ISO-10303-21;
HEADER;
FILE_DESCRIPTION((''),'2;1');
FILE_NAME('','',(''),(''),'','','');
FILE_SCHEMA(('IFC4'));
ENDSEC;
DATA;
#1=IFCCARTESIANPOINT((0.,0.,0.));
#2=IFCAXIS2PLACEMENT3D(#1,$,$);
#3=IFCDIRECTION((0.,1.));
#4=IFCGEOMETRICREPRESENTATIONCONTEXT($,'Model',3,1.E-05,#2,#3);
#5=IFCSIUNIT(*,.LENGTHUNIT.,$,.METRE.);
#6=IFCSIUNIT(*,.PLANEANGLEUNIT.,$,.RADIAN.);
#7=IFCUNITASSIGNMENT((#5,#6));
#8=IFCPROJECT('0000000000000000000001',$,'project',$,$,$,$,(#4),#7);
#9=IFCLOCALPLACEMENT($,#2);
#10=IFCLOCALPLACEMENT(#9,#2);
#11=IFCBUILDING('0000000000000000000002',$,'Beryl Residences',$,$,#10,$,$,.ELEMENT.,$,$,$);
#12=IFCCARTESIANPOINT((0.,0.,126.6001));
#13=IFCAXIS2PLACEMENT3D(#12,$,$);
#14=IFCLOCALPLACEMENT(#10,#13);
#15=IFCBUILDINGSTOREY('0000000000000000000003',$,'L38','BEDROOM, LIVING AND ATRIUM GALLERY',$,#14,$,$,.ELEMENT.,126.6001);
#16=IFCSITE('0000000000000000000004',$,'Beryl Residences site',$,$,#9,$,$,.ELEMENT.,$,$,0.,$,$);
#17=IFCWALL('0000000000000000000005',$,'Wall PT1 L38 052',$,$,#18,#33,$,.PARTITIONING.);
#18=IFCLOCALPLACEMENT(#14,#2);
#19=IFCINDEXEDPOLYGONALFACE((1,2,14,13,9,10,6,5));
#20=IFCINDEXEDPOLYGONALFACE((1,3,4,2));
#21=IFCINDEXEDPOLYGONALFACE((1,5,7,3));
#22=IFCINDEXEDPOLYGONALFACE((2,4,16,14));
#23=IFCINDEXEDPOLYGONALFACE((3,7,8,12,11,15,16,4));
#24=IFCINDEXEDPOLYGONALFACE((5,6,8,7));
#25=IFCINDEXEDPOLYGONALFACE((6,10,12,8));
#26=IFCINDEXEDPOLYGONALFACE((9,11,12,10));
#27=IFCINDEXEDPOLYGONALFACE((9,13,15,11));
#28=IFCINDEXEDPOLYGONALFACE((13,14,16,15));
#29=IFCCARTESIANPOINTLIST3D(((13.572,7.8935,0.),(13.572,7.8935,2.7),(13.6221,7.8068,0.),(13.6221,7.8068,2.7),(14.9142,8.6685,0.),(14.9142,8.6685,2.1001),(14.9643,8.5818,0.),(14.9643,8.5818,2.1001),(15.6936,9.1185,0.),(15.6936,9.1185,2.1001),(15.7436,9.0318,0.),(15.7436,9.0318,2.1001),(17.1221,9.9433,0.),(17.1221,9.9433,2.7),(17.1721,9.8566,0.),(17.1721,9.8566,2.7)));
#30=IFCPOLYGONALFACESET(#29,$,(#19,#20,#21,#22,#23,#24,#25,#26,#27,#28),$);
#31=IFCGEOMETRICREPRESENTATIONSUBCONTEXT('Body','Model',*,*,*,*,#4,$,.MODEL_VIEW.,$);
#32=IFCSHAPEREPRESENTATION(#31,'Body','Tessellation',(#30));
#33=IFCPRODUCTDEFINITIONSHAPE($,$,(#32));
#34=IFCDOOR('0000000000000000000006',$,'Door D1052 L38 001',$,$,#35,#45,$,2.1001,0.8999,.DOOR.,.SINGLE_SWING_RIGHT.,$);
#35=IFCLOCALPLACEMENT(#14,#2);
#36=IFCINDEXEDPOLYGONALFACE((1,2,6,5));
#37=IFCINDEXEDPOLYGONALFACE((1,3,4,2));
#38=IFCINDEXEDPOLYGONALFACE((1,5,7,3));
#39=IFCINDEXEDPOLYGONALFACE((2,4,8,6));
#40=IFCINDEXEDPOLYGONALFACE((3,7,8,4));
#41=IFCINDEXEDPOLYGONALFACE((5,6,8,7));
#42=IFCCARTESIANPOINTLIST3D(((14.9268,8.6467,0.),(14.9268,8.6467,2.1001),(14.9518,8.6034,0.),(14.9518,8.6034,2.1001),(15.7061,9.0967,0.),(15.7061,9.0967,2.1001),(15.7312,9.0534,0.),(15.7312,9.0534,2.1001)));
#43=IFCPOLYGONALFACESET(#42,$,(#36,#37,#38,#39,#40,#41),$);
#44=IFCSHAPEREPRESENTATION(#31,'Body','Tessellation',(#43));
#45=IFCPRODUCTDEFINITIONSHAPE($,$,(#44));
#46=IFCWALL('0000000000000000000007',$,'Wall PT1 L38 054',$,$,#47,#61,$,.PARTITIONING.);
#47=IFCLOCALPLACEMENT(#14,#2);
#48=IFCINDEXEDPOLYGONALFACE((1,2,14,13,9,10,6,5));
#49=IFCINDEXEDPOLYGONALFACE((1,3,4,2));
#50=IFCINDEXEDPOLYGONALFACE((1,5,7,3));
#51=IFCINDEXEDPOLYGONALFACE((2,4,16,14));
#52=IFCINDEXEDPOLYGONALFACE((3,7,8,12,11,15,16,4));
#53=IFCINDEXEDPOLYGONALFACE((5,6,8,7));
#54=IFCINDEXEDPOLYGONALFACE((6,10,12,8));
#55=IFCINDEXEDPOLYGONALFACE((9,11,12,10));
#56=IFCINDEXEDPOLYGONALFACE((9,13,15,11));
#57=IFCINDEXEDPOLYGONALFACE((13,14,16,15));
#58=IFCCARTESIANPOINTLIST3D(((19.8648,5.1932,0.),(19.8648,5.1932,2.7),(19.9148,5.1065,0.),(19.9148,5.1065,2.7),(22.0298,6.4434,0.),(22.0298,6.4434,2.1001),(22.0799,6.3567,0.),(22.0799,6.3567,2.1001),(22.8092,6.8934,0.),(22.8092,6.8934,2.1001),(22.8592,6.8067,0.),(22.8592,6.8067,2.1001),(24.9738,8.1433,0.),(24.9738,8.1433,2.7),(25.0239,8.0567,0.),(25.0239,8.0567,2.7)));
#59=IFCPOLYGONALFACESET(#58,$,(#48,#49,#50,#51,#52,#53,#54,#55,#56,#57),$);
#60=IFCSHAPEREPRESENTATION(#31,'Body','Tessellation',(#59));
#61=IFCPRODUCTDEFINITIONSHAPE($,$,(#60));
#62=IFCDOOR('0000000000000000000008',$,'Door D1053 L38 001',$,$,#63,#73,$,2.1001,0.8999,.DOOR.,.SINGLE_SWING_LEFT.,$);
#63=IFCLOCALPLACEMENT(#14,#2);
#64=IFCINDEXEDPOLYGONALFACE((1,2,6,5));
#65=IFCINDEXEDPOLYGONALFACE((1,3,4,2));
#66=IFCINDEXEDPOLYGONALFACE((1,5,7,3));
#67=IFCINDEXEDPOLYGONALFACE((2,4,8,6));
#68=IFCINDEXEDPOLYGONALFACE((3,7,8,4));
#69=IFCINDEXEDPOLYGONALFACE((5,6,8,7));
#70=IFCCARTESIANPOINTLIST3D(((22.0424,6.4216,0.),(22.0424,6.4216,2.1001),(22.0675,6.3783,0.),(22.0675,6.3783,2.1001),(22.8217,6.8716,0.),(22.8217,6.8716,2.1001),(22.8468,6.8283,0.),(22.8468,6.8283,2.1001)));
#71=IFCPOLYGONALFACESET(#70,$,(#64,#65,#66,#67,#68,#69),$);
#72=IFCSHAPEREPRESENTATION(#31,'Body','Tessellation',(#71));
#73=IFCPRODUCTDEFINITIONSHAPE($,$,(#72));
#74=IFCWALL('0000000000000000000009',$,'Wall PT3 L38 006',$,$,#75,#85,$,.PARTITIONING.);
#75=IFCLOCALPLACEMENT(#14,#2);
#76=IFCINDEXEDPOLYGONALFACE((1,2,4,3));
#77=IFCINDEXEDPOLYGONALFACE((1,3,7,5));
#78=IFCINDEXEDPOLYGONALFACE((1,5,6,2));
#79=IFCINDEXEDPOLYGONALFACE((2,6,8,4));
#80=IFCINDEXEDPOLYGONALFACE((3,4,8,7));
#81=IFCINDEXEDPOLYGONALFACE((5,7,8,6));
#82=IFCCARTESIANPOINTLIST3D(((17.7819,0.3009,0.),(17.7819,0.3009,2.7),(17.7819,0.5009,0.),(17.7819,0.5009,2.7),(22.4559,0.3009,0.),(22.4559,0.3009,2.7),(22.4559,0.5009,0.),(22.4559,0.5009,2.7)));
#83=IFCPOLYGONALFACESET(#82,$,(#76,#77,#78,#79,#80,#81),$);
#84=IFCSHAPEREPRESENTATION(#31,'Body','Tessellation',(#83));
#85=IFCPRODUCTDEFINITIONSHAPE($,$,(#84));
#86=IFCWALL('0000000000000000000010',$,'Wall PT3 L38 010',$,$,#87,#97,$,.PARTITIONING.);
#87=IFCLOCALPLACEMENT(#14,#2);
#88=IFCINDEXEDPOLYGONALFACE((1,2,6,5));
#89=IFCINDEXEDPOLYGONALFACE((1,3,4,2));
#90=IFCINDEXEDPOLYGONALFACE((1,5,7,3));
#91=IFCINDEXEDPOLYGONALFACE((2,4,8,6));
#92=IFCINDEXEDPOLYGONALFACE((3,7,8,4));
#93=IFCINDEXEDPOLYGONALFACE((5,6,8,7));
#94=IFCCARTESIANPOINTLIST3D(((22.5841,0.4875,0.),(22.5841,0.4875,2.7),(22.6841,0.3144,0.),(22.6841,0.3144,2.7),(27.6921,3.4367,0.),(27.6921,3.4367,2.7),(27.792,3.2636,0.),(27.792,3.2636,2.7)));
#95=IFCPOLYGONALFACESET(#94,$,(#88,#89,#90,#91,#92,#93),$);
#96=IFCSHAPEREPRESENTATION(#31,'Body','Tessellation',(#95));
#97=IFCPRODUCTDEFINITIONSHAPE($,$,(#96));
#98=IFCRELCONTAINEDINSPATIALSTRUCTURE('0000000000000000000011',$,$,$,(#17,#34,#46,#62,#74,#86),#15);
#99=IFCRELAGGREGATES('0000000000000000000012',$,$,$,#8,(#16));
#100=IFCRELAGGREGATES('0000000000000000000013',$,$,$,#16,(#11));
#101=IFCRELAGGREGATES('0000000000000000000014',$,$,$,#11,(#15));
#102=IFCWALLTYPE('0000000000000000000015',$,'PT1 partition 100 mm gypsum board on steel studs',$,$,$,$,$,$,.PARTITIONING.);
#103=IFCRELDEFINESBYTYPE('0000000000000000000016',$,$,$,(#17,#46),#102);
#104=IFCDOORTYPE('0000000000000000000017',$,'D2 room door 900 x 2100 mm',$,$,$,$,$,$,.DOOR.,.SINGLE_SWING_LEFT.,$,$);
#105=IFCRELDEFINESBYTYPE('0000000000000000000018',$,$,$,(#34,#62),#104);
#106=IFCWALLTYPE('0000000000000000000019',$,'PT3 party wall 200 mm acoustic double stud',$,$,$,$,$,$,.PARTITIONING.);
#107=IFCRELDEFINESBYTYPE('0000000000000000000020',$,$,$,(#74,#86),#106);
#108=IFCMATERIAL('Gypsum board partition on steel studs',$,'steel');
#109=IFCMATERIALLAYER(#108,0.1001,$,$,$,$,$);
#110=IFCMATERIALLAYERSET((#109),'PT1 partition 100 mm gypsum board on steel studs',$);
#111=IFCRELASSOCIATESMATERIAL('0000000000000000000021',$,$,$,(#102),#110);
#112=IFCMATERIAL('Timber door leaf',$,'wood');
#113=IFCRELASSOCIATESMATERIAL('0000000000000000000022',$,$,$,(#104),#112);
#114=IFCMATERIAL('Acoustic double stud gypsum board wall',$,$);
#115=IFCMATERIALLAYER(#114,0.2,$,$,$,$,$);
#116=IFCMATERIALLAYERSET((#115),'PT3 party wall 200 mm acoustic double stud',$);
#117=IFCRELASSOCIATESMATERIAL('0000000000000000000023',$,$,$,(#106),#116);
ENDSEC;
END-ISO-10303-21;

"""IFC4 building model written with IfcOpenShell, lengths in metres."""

from ifc_helpers import new_model, si_unit, direction, frame, frame_2d, origin, place, context, subcontext, project, spatial, rectangle, extrude, material, layer, layer_set, type_object, element, fill, save


model = new_model("IFC4")

# Units and contexts
model_context = context("Model", 3, precision=1e-05, world=origin(), true_north=direction((0.0, 1.0)))
body_context = subcontext(model_context, "Body", "Model", "MODEL_VIEW")
ifc_project = project(units=[si_unit("LENGTHUNIT", "METRE"), si_unit("PLANEANGLEUNIT", "RADIAN")], contexts=[model_context])

# Site, building, storey
site_placement = place(None, origin())
site = spatial("IfcSite", under=ifc_project, at=site_placement, Name="Beryl Residences site", CompositionType="ELEMENT", RefElevation=0.0)
building_placement = place(site_placement, origin())
building = spatial("IfcBuilding", under=site, at=building_placement, Name="Beryl Residences", CompositionType="ELEMENT")
storey_placement = place(building_placement, frame((0.0, 0.0, 126.6001)))
storey = spatial("IfcBuildingStorey", under=building, at=storey_placement, Name="L38", Description="BEDROOM, LIVING AND ATRIUM GALLERY", CompositionType="ELEMENT", Elevation=126.6001)

# Walls, openings, doors
ifc_material_1 = material(Name="Gypsum board partition on steel studs", Category="steel")
ifc_layer_1 = layer(ifc_material_1, 0.1001)
ifc_layer_set_1 = layer_set([ifc_layer_1], Name="PT1 partition 100 mm gypsum board on steel studs")
wall_type_1 = type_object("IfcWallType", Name="PT1 partition 100 mm gypsum board on steel studs", PredefinedType="PARTITIONING", material=ifc_layer_set_1)
ifc_material_2 = material(Name="Timber door leaf", Category="wood")
door_type_1 = type_object("IfcDoorType", Name="D2 room door 900 x 2100 mm", OperationType="SINGLE_SWING_LEFT", PredefinedType="DOOR", material=ifc_material_2)
wall_1_placement = place(storey_placement, frame((13.5969, 7.8501, 0.0), z_axis=(0.0, 0.0, 1.0), x_axis=(0.866006, 0.500033, 0.0)))
wall_1 = element("IfcWall", 1, at=wall_1_placement, inside=storey, type_object=wall_type_1, Name="Wall PT1 L38 052", PredefinedType="PARTITIONING", context=body_context, shape_type="SweptSolid", body=[
    extrude(rectangle(XDim=4.0994, YDim=0.1001, at=frame_2d((2.0498, 0.0))), origin(), (0.0, 0.0, 1.0), 2.7),
])
opening_1_placement = place(wall_1_placement, frame((1.55, 0.0, 0.0)))
opening_1 = element("IfcOpeningElement", 2, at=opening_1_placement, cuts=wall_1, PredefinedType="OPENING", context=body_context, shape_type="SweptSolid", body=[
    extrude(rectangle(XDim=0.8999, YDim=2.1001, at=frame_2d((0.45, 1.05))), frame((0.0, 0.0601, 0.0), z_axis=(0.0, -1.0, 0.0), x_axis=(1.0, 0.0, 0.0)), (0.0, 0.0, 1.0), 0.1201),
])
door_1_placement = place(opening_1_placement, origin())
door_1 = element("IfcDoor", 3, at=door_1_placement, inside=storey, type_object=door_type_1, Name="Door D1052 L38 001", OperationType="SINGLE_SWING_RIGHT", OverallHeight=2.1001, OverallWidth=0.8999, PredefinedType="DOOR", context=body_context, shape_type="SweptSolid", body=[
    extrude(rectangle(XDim=0.8999, YDim=2.1001, at=frame_2d((0.45, 1.05))), frame((0.0, 0.0249, 0.0), z_axis=(0.0, -1.0, 0.0), x_axis=(1.0, 0.0, 0.0)), (0.0, 0.0, 1.0), 0.05),
])
fill(opening_1, door_1)
wall_2_placement = place(storey_placement, frame((19.8899, 5.1499, 0.0), z_axis=(0.0, 0.0, 1.0), x_axis=(0.865993, 0.500056, 0.0)))
wall_2 = element("IfcWall", 4, at=wall_2_placement, inside=storey, type_object=wall_type_1, Name="Wall PT1 L38 054", PredefinedType="PARTITIONING", context=body_context, shape_type="SweptSolid", body=[
    extrude(rectangle(XDim=5.8997, YDim=0.1001, at=frame_2d((2.9497, 0.0))), origin(), (0.0, 0.0, 1.0), 2.7),
])
opening_2_placement = place(wall_2_placement, frame((2.5, 0.0, 0.0)))
opening_2 = element("IfcOpeningElement", 5, at=opening_2_placement, cuts=wall_2, PredefinedType="OPENING", context=body_context, shape_type="SweptSolid", body=[
    extrude(rectangle(XDim=0.8999, YDim=2.1001, at=frame_2d((0.45, 1.05))), frame((0.0, 0.0601, 0.0), z_axis=(0.0, -1.0, 0.0), x_axis=(1.0, 0.0, 0.0)), (0.0, 0.0, 1.0), 0.1201),
])
door_2_placement = place(opening_2_placement, origin())
door_2 = element("IfcDoor", 6, at=door_2_placement, inside=storey, type_object=door_type_1, Name="Door D1053 L38 001", OperationType="SINGLE_SWING_LEFT", OverallHeight=2.1001, OverallWidth=0.8999, PredefinedType="DOOR", context=body_context, shape_type="SweptSolid", body=[
    extrude(rectangle(XDim=0.8999, YDim=2.1001, at=frame_2d((0.45, 1.05))), frame((0.0, 0.0249, 0.0), z_axis=(0.0, -1.0, 0.0), x_axis=(1.0, 0.0, 0.0)), (0.0, 0.0, 1.0), 0.05),
])
fill(opening_2, door_2)

# Walls
ifc_material_3 = material(Name="Acoustic double stud gypsum board wall")
ifc_layer_2 = layer(ifc_material_3, 0.2)
ifc_layer_set_2 = layer_set([ifc_layer_2], Name="PT3 party wall 200 mm acoustic double stud")
wall_type_2 = type_object("IfcWallType", Name="PT3 party wall 200 mm acoustic double stud", PredefinedType="PARTITIONING", material=ifc_layer_set_2)
wall_3_placement = place(storey_placement, frame((17.782, 0.4009, 0.0), z_axis=(0.0, 0.0, 1.0), x_axis=(1.0, 0.0, 0.0)))
element("IfcWall", 7, at=wall_3_placement, inside=storey, type_object=wall_type_2, Name="Wall PT3 L38 006", PredefinedType="PARTITIONING", context=body_context, shape_type="SweptSolid", body=[
    extrude(rectangle(XDim=4.6741, YDim=0.2, at=frame_2d((2.3369, 0.0))), origin(), (0.0, 0.0, 1.0), 2.7),
])
wall_4_placement = place(storey_placement, frame((22.634, 0.4009, 0.0), z_axis=(0.0, 0.0, 1.0), x_axis=(0.866013, 0.500021, 0.0)))
element("IfcWall", 8, at=wall_4_placement, inside=storey, type_object=wall_type_2, Name="Wall PT3 L38 010", PredefinedType="PARTITIONING", context=body_context, shape_type="SweptSolid", body=[
    extrude(rectangle(XDim=5.8982, YDim=0.2, at=frame_2d((2.9492, 0.0))), origin(), (0.0, 0.0, 1.0), 2.7),
])

save(model, "model.ifc")
